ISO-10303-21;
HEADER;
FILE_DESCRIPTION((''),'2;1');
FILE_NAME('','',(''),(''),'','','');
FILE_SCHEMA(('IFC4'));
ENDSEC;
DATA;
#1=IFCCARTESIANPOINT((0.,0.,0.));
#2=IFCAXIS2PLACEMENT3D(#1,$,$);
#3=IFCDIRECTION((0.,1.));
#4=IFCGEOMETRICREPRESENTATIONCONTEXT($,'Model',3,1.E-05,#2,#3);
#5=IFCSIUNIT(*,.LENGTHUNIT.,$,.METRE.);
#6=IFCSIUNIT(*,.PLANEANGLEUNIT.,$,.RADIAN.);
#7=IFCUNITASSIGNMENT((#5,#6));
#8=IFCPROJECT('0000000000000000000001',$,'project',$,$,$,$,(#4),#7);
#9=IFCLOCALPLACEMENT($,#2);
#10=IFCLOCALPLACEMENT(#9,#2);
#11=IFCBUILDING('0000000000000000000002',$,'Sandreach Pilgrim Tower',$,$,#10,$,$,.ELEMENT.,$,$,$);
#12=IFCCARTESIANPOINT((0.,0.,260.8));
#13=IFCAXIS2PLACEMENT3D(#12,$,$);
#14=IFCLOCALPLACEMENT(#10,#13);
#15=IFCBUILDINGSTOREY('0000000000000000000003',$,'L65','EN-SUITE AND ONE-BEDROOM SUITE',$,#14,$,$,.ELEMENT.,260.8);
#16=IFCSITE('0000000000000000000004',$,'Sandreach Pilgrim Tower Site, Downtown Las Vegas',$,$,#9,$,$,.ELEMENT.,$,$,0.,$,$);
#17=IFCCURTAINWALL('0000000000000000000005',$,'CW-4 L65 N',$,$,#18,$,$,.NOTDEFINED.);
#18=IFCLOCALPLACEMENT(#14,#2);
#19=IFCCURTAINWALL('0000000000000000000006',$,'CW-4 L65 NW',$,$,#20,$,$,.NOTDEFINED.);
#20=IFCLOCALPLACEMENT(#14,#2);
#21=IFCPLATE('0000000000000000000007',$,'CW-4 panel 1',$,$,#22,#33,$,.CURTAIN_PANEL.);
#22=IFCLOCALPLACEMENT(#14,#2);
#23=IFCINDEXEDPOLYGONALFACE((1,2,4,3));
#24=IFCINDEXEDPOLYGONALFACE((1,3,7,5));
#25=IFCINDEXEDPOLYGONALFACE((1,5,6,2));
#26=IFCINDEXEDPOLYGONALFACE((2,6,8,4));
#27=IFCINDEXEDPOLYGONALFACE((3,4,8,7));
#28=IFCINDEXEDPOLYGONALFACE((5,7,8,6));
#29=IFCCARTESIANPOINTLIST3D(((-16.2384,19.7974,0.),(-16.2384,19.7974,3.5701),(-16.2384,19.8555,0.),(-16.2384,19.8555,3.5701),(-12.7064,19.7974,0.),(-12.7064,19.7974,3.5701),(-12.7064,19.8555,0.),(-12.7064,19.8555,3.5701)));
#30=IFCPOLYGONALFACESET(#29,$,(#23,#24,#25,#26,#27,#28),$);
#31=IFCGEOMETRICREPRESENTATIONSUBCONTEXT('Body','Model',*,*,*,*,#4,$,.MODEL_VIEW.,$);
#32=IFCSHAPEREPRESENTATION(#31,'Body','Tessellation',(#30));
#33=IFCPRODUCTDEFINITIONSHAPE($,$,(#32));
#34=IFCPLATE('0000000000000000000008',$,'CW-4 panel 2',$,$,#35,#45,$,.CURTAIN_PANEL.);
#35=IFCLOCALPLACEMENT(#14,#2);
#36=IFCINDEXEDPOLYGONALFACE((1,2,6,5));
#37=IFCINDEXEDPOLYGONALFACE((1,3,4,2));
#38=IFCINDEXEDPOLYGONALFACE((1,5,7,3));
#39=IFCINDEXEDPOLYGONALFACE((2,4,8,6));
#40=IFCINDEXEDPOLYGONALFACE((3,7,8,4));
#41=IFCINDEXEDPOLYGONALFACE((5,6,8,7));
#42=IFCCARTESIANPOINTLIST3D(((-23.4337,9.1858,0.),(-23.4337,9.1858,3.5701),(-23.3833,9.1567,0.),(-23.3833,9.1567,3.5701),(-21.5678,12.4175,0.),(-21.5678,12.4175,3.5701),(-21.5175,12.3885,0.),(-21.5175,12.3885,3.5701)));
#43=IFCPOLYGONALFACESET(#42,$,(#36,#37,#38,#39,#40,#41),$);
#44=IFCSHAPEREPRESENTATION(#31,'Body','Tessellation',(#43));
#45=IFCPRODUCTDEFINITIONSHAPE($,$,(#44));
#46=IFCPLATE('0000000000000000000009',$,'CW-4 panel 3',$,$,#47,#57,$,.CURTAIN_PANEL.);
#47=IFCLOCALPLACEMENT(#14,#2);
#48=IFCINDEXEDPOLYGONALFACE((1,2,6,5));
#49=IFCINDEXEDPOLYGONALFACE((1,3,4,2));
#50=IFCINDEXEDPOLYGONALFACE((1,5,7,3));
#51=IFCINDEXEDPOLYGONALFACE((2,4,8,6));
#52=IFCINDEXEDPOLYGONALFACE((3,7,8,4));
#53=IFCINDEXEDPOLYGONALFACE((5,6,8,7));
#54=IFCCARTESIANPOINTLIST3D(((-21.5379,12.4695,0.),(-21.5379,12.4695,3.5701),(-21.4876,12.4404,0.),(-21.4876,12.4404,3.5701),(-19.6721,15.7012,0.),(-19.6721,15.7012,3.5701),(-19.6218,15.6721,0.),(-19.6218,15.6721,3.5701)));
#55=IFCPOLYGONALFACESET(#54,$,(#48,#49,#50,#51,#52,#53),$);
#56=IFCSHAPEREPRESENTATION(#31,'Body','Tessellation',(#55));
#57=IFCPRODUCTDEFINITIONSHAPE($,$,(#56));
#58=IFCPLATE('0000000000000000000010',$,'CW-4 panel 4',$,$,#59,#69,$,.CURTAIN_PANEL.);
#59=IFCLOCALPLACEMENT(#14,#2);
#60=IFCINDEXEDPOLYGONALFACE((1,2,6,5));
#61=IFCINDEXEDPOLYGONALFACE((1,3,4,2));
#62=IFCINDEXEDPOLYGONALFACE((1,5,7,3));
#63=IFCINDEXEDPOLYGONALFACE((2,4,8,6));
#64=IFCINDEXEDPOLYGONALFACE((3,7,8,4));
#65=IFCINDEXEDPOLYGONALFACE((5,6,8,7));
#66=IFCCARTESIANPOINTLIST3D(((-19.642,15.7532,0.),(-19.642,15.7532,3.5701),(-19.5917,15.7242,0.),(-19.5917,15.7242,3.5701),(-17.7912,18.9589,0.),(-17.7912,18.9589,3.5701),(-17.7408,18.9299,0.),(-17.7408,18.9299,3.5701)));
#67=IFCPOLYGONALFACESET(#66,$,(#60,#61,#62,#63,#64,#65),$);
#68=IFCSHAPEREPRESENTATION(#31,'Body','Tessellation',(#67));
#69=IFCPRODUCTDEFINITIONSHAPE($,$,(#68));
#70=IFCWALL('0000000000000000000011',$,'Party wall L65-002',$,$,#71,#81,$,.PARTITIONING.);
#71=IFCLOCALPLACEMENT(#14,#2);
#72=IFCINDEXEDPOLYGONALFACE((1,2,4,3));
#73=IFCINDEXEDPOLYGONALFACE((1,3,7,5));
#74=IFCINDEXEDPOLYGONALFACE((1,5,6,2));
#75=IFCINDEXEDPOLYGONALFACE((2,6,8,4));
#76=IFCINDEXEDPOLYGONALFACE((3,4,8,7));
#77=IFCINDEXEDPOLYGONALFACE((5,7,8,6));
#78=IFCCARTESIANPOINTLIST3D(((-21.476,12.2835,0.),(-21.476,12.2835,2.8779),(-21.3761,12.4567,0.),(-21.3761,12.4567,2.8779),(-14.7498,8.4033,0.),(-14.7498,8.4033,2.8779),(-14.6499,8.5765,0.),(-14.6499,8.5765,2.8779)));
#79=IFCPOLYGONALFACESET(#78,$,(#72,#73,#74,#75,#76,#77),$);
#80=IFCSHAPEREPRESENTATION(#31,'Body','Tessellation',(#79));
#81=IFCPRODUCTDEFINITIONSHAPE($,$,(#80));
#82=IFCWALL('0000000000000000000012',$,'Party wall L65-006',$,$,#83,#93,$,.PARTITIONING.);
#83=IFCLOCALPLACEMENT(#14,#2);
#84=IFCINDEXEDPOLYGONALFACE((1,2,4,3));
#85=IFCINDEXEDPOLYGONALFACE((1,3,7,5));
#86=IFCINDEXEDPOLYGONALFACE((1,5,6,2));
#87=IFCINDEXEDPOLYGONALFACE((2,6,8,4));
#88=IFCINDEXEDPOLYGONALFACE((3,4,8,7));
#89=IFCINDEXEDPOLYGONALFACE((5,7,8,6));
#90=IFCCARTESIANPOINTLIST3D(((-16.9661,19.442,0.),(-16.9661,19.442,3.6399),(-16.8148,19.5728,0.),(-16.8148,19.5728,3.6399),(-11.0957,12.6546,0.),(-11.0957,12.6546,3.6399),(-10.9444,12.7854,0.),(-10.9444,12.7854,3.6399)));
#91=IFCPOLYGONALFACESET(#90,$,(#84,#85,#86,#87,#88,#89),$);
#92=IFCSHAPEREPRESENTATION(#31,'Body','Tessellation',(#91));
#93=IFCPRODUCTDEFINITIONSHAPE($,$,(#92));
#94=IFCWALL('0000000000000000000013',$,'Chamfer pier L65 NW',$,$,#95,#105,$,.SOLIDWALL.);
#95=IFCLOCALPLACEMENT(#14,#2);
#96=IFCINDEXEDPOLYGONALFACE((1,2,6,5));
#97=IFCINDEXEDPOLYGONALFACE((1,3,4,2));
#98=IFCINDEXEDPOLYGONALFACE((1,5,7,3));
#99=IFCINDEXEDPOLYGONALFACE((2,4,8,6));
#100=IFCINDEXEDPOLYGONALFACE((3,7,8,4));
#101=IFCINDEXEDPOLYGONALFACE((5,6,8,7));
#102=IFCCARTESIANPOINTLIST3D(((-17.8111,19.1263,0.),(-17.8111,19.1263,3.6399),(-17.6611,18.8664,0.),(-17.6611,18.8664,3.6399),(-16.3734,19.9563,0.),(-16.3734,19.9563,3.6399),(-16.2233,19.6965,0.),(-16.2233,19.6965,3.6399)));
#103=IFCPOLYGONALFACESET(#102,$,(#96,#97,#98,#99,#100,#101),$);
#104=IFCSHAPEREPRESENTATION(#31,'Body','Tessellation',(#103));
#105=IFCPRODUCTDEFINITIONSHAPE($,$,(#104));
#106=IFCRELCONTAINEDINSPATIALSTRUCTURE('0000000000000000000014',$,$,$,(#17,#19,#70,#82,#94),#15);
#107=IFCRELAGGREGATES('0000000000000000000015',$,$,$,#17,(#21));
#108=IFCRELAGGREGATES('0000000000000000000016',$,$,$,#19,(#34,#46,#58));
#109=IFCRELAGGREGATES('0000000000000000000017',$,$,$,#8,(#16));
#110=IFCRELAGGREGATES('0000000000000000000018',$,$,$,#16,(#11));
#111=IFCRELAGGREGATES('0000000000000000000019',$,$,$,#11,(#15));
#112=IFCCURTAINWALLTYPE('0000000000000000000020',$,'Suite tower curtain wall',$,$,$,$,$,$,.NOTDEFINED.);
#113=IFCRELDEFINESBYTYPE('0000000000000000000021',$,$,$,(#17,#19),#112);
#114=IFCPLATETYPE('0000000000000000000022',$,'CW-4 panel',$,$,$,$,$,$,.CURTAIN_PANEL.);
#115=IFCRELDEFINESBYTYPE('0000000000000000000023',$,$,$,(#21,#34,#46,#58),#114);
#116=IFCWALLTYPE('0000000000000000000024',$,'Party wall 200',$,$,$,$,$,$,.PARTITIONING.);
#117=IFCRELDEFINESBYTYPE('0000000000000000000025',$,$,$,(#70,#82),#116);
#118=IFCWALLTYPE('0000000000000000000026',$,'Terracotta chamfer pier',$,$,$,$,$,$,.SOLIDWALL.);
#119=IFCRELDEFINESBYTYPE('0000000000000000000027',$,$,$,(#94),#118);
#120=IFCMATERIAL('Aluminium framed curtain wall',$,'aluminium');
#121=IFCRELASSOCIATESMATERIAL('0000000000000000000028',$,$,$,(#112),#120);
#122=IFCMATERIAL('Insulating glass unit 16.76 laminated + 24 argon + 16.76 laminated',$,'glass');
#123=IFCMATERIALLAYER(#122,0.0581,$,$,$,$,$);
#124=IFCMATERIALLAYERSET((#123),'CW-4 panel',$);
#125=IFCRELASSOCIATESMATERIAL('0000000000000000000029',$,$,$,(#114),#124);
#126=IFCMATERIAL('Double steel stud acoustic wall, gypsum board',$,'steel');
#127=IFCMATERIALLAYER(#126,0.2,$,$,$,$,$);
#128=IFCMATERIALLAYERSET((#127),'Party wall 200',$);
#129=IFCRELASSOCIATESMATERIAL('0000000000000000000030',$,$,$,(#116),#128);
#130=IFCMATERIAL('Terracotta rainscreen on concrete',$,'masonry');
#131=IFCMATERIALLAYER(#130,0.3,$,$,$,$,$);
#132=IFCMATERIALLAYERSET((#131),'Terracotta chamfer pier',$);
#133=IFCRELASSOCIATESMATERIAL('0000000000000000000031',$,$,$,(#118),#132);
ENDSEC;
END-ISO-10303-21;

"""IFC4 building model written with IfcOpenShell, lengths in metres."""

from ifc_helpers import new_model, si_unit, direction, frame, frame_2d, origin, origin_2d, place, context, subcontext, project, spatial, rectangle, extrude, material, layer, layer_set, type_object, element, aggregate, save


model = new_model("IFC4")

# Units and contexts
model_context = context("Model", 3, precision=1e-05, world=origin(), true_north=direction((0.0, 1.0)))
body_context = subcontext(model_context, "Body", "Model", "MODEL_VIEW")
ifc_project = project(units=[si_unit("LENGTHUNIT", "METRE"), si_unit("PLANEANGLEUNIT", "RADIAN")], contexts=[model_context])

# Site, building, storey
site_placement = place(None, origin())
site = spatial("IfcSite", under=ifc_project, at=site_placement, Name="Sandreach Pilgrim Tower Site, Downtown Las Vegas", CompositionType="ELEMENT", RefElevation=0.0)
building_placement = place(site_placement, origin())
building = spatial("IfcBuilding", under=site, at=building_placement, Name="Sandreach Pilgrim Tower", CompositionType="ELEMENT")
storey_placement = place(building_placement, frame((0.0, 0.0, 260.8)))
storey = spatial("IfcBuildingStorey", under=building, at=storey_placement, Name="L65", Description="EN-SUITE AND ONE-BEDROOM SUITE", CompositionType="ELEMENT", Elevation=260.8)

# Curtain wall
ifc_material_1 = material(Name="Aluminium framed curtain wall", Category="aluminium")
curtain_wall_type = type_object("IfcCurtainWallType", Name="Suite tower curtain wall", PredefinedType="NOTDEFINED", material=ifc_material_1)
curtain_wall_1_placement = place(storey_placement, origin())
curtain_wall_1 = element("IfcCurtainWall", 1, at=curtain_wall_1_placement, inside=storey, type_object=curtain_wall_type, Name="CW-4 L65 N", PredefinedType="NOTDEFINED")

# Curtain wall
curtain_wall_2_placement = place(storey_placement, origin())
curtain_wall_2 = element("IfcCurtainWall", 2, at=curtain_wall_2_placement, inside=storey, type_object=curtain_wall_type, Name="CW-4 L65 NW", PredefinedType="NOTDEFINED")

# Plates
ifc_material_2 = material(Name="Insulating glass unit 16.76 laminated + 24 argon + 16.76 laminated", Category="glass")
ifc_layer_1 = layer(ifc_material_2, 0.0581)
ifc_layer_set_1 = layer_set([ifc_layer_1], Name="CW-4 panel")
plate_type = type_object("IfcPlateType", Name="CW-4 panel", PredefinedType="CURTAIN_PANEL", material=ifc_layer_set_1)
plate_1_placement = place(storey_placement, frame((-14.4724, 19.8264, 0.0), z_axis=(0.0, 0.0, 1.0), x_axis=(1.0, 0.0, 0.0)))
plate_1 = element("IfcPlate", 3, at=plate_1_placement, type_object=plate_type, Name="CW-4 panel 1", PredefinedType="CURTAIN_PANEL", context=body_context, shape_type="SweptSolid", body=[
    extrude(rectangle(XDim=3.532, YDim=0.0581, at=origin_2d()), origin(), (0.0, 0.0, 1.0), 3.5701),
])
aggregate(curtain_wall_1, [plate_1])
plate_2_placement = place(storey_placement, frame((-22.4756, 10.7871, 0.0), z_axis=(0.0, 0.0, 1.0), x_axis=(0.5, 0.866025, 0.0)))
plate_2 = element("IfcPlate", 4, at=plate_2_placement, type_object=plate_type, Name="CW-4 panel 2", PredefinedType="CURTAIN_PANEL", context=body_context, shape_type="SweptSolid", body=[
    extrude(rectangle(XDim=3.7317, YDim=0.0581, at=origin_2d()), origin(), (0.0, 0.0, 1.0), 3.5701),
])
plate_3_placement = place(storey_placement, frame((-20.5798, 14.0708, 0.0), z_axis=(0.0, 0.0, 1.0), x_axis=(0.5, 0.866025, 0.0)))
plate_3 = element("IfcPlate", 5, at=plate_3_placement, type_object=plate_type, Name="CW-4 panel 3", PredefinedType="CURTAIN_PANEL", context=body_context, shape_type="SweptSolid", body=[
    extrude(rectangle(XDim=3.7317, YDim=0.0581, at=origin_2d()), origin(), (0.0, 0.0, 1.0), 3.5701),
])
plate_4_placement = place(storey_placement, frame((-18.6914, 17.3416, 0.0), z_axis=(0.0, 0.0, 1.0), x_axis=(0.5, 0.866025, 0.0)))
plate_4 = element("IfcPlate", 6, at=plate_4_placement, type_object=plate_type, Name="CW-4 panel 4", PredefinedType="CURTAIN_PANEL", context=body_context, shape_type="SweptSolid", body=[
    extrude(rectangle(XDim=3.7017, YDim=0.0581, at=origin_2d()), origin(), (0.0, 0.0, 1.0), 3.5701),
])
aggregate(curtain_wall_2, [plate_2, plate_3, plate_4])

# Walls
ifc_material_3 = material(Name="Double steel stud acoustic wall, gypsum board", Category="steel")
ifc_layer_2 = layer(ifc_material_3, 0.2)
ifc_layer_set_2 = layer_set([ifc_layer_2], Name="Party wall 200")
wall_type_1 = type_object("IfcWallType", Name="Party wall 200", PredefinedType="PARTITIONING", material=ifc_layer_set_2)
wall_1_placement = place(storey_placement, frame((-21.426, 12.3701, 0.0), z_axis=(0.0, 0.0, 1.0), x_axis=(0.866202, -0.499693, 0.0)))
element("IfcWall", 7, at=wall_1_placement, inside=storey, type_object=wall_type_1, Name="Party wall L65-002", PredefinedType="PARTITIONING", context=body_context, shape_type="SweptSolid", body=[
    extrude(rectangle(XDim=7.7651, YDim=0.2, at=frame_2d((3.8826, 0.0))), origin(), (0.0, 0.0, 1.0), 2.8779),
])
wall_2_placement = place(storey_placement, frame((-16.8904, 19.5073, 0.0), z_axis=(0.0, 0.0, 1.0), x_axis=(0.654166, -0.756351, 0.0)))
element("IfcWall", 8, at=wall_2_placement, inside=storey, type_object=wall_type_1, Name="Party wall L65-006", PredefinedType="PARTITIONING", context=body_context, shape_type="SweptSolid", body=[
    extrude(rectangle(XDim=8.9739, YDim=0.2, at=frame_2d((4.4868, 0.0))), origin(), (0.0, 0.0, 1.0), 3.6399),
])
ifc_material_4 = material(Name="Terracotta rainscreen on concrete", Category="masonry")
ifc_layer_3 = layer(ifc_material_4, 0.3)
ifc_layer_set_3 = layer_set([ifc_layer_3], Name="Terracotta chamfer pier")
wall_type_2 = type_object("IfcWallType", Name="Terracotta chamfer pier", PredefinedType="SOLIDWALL", material=ifc_layer_set_3)
wall_3_placement = place(storey_placement, frame((-17.7361, 18.9963, 0.0), z_axis=(0.0, 0.0, 1.0), x_axis=(0.866026, 0.499998, 0.0)))
element("IfcWall", 9, at=wall_3_placement, inside=storey, type_object=wall_type_2, Name="Chamfer pier L65 NW", PredefinedType="SOLIDWALL", context=body_context, shape_type="SweptSolid", body=[
    extrude(rectangle(XDim=1.6602, YDim=0.3, at=frame_2d((0.8301, 0.0))), origin(), (0.0, 0.0, 1.0), 3.6399),
])

save(model, "model.ifc")
